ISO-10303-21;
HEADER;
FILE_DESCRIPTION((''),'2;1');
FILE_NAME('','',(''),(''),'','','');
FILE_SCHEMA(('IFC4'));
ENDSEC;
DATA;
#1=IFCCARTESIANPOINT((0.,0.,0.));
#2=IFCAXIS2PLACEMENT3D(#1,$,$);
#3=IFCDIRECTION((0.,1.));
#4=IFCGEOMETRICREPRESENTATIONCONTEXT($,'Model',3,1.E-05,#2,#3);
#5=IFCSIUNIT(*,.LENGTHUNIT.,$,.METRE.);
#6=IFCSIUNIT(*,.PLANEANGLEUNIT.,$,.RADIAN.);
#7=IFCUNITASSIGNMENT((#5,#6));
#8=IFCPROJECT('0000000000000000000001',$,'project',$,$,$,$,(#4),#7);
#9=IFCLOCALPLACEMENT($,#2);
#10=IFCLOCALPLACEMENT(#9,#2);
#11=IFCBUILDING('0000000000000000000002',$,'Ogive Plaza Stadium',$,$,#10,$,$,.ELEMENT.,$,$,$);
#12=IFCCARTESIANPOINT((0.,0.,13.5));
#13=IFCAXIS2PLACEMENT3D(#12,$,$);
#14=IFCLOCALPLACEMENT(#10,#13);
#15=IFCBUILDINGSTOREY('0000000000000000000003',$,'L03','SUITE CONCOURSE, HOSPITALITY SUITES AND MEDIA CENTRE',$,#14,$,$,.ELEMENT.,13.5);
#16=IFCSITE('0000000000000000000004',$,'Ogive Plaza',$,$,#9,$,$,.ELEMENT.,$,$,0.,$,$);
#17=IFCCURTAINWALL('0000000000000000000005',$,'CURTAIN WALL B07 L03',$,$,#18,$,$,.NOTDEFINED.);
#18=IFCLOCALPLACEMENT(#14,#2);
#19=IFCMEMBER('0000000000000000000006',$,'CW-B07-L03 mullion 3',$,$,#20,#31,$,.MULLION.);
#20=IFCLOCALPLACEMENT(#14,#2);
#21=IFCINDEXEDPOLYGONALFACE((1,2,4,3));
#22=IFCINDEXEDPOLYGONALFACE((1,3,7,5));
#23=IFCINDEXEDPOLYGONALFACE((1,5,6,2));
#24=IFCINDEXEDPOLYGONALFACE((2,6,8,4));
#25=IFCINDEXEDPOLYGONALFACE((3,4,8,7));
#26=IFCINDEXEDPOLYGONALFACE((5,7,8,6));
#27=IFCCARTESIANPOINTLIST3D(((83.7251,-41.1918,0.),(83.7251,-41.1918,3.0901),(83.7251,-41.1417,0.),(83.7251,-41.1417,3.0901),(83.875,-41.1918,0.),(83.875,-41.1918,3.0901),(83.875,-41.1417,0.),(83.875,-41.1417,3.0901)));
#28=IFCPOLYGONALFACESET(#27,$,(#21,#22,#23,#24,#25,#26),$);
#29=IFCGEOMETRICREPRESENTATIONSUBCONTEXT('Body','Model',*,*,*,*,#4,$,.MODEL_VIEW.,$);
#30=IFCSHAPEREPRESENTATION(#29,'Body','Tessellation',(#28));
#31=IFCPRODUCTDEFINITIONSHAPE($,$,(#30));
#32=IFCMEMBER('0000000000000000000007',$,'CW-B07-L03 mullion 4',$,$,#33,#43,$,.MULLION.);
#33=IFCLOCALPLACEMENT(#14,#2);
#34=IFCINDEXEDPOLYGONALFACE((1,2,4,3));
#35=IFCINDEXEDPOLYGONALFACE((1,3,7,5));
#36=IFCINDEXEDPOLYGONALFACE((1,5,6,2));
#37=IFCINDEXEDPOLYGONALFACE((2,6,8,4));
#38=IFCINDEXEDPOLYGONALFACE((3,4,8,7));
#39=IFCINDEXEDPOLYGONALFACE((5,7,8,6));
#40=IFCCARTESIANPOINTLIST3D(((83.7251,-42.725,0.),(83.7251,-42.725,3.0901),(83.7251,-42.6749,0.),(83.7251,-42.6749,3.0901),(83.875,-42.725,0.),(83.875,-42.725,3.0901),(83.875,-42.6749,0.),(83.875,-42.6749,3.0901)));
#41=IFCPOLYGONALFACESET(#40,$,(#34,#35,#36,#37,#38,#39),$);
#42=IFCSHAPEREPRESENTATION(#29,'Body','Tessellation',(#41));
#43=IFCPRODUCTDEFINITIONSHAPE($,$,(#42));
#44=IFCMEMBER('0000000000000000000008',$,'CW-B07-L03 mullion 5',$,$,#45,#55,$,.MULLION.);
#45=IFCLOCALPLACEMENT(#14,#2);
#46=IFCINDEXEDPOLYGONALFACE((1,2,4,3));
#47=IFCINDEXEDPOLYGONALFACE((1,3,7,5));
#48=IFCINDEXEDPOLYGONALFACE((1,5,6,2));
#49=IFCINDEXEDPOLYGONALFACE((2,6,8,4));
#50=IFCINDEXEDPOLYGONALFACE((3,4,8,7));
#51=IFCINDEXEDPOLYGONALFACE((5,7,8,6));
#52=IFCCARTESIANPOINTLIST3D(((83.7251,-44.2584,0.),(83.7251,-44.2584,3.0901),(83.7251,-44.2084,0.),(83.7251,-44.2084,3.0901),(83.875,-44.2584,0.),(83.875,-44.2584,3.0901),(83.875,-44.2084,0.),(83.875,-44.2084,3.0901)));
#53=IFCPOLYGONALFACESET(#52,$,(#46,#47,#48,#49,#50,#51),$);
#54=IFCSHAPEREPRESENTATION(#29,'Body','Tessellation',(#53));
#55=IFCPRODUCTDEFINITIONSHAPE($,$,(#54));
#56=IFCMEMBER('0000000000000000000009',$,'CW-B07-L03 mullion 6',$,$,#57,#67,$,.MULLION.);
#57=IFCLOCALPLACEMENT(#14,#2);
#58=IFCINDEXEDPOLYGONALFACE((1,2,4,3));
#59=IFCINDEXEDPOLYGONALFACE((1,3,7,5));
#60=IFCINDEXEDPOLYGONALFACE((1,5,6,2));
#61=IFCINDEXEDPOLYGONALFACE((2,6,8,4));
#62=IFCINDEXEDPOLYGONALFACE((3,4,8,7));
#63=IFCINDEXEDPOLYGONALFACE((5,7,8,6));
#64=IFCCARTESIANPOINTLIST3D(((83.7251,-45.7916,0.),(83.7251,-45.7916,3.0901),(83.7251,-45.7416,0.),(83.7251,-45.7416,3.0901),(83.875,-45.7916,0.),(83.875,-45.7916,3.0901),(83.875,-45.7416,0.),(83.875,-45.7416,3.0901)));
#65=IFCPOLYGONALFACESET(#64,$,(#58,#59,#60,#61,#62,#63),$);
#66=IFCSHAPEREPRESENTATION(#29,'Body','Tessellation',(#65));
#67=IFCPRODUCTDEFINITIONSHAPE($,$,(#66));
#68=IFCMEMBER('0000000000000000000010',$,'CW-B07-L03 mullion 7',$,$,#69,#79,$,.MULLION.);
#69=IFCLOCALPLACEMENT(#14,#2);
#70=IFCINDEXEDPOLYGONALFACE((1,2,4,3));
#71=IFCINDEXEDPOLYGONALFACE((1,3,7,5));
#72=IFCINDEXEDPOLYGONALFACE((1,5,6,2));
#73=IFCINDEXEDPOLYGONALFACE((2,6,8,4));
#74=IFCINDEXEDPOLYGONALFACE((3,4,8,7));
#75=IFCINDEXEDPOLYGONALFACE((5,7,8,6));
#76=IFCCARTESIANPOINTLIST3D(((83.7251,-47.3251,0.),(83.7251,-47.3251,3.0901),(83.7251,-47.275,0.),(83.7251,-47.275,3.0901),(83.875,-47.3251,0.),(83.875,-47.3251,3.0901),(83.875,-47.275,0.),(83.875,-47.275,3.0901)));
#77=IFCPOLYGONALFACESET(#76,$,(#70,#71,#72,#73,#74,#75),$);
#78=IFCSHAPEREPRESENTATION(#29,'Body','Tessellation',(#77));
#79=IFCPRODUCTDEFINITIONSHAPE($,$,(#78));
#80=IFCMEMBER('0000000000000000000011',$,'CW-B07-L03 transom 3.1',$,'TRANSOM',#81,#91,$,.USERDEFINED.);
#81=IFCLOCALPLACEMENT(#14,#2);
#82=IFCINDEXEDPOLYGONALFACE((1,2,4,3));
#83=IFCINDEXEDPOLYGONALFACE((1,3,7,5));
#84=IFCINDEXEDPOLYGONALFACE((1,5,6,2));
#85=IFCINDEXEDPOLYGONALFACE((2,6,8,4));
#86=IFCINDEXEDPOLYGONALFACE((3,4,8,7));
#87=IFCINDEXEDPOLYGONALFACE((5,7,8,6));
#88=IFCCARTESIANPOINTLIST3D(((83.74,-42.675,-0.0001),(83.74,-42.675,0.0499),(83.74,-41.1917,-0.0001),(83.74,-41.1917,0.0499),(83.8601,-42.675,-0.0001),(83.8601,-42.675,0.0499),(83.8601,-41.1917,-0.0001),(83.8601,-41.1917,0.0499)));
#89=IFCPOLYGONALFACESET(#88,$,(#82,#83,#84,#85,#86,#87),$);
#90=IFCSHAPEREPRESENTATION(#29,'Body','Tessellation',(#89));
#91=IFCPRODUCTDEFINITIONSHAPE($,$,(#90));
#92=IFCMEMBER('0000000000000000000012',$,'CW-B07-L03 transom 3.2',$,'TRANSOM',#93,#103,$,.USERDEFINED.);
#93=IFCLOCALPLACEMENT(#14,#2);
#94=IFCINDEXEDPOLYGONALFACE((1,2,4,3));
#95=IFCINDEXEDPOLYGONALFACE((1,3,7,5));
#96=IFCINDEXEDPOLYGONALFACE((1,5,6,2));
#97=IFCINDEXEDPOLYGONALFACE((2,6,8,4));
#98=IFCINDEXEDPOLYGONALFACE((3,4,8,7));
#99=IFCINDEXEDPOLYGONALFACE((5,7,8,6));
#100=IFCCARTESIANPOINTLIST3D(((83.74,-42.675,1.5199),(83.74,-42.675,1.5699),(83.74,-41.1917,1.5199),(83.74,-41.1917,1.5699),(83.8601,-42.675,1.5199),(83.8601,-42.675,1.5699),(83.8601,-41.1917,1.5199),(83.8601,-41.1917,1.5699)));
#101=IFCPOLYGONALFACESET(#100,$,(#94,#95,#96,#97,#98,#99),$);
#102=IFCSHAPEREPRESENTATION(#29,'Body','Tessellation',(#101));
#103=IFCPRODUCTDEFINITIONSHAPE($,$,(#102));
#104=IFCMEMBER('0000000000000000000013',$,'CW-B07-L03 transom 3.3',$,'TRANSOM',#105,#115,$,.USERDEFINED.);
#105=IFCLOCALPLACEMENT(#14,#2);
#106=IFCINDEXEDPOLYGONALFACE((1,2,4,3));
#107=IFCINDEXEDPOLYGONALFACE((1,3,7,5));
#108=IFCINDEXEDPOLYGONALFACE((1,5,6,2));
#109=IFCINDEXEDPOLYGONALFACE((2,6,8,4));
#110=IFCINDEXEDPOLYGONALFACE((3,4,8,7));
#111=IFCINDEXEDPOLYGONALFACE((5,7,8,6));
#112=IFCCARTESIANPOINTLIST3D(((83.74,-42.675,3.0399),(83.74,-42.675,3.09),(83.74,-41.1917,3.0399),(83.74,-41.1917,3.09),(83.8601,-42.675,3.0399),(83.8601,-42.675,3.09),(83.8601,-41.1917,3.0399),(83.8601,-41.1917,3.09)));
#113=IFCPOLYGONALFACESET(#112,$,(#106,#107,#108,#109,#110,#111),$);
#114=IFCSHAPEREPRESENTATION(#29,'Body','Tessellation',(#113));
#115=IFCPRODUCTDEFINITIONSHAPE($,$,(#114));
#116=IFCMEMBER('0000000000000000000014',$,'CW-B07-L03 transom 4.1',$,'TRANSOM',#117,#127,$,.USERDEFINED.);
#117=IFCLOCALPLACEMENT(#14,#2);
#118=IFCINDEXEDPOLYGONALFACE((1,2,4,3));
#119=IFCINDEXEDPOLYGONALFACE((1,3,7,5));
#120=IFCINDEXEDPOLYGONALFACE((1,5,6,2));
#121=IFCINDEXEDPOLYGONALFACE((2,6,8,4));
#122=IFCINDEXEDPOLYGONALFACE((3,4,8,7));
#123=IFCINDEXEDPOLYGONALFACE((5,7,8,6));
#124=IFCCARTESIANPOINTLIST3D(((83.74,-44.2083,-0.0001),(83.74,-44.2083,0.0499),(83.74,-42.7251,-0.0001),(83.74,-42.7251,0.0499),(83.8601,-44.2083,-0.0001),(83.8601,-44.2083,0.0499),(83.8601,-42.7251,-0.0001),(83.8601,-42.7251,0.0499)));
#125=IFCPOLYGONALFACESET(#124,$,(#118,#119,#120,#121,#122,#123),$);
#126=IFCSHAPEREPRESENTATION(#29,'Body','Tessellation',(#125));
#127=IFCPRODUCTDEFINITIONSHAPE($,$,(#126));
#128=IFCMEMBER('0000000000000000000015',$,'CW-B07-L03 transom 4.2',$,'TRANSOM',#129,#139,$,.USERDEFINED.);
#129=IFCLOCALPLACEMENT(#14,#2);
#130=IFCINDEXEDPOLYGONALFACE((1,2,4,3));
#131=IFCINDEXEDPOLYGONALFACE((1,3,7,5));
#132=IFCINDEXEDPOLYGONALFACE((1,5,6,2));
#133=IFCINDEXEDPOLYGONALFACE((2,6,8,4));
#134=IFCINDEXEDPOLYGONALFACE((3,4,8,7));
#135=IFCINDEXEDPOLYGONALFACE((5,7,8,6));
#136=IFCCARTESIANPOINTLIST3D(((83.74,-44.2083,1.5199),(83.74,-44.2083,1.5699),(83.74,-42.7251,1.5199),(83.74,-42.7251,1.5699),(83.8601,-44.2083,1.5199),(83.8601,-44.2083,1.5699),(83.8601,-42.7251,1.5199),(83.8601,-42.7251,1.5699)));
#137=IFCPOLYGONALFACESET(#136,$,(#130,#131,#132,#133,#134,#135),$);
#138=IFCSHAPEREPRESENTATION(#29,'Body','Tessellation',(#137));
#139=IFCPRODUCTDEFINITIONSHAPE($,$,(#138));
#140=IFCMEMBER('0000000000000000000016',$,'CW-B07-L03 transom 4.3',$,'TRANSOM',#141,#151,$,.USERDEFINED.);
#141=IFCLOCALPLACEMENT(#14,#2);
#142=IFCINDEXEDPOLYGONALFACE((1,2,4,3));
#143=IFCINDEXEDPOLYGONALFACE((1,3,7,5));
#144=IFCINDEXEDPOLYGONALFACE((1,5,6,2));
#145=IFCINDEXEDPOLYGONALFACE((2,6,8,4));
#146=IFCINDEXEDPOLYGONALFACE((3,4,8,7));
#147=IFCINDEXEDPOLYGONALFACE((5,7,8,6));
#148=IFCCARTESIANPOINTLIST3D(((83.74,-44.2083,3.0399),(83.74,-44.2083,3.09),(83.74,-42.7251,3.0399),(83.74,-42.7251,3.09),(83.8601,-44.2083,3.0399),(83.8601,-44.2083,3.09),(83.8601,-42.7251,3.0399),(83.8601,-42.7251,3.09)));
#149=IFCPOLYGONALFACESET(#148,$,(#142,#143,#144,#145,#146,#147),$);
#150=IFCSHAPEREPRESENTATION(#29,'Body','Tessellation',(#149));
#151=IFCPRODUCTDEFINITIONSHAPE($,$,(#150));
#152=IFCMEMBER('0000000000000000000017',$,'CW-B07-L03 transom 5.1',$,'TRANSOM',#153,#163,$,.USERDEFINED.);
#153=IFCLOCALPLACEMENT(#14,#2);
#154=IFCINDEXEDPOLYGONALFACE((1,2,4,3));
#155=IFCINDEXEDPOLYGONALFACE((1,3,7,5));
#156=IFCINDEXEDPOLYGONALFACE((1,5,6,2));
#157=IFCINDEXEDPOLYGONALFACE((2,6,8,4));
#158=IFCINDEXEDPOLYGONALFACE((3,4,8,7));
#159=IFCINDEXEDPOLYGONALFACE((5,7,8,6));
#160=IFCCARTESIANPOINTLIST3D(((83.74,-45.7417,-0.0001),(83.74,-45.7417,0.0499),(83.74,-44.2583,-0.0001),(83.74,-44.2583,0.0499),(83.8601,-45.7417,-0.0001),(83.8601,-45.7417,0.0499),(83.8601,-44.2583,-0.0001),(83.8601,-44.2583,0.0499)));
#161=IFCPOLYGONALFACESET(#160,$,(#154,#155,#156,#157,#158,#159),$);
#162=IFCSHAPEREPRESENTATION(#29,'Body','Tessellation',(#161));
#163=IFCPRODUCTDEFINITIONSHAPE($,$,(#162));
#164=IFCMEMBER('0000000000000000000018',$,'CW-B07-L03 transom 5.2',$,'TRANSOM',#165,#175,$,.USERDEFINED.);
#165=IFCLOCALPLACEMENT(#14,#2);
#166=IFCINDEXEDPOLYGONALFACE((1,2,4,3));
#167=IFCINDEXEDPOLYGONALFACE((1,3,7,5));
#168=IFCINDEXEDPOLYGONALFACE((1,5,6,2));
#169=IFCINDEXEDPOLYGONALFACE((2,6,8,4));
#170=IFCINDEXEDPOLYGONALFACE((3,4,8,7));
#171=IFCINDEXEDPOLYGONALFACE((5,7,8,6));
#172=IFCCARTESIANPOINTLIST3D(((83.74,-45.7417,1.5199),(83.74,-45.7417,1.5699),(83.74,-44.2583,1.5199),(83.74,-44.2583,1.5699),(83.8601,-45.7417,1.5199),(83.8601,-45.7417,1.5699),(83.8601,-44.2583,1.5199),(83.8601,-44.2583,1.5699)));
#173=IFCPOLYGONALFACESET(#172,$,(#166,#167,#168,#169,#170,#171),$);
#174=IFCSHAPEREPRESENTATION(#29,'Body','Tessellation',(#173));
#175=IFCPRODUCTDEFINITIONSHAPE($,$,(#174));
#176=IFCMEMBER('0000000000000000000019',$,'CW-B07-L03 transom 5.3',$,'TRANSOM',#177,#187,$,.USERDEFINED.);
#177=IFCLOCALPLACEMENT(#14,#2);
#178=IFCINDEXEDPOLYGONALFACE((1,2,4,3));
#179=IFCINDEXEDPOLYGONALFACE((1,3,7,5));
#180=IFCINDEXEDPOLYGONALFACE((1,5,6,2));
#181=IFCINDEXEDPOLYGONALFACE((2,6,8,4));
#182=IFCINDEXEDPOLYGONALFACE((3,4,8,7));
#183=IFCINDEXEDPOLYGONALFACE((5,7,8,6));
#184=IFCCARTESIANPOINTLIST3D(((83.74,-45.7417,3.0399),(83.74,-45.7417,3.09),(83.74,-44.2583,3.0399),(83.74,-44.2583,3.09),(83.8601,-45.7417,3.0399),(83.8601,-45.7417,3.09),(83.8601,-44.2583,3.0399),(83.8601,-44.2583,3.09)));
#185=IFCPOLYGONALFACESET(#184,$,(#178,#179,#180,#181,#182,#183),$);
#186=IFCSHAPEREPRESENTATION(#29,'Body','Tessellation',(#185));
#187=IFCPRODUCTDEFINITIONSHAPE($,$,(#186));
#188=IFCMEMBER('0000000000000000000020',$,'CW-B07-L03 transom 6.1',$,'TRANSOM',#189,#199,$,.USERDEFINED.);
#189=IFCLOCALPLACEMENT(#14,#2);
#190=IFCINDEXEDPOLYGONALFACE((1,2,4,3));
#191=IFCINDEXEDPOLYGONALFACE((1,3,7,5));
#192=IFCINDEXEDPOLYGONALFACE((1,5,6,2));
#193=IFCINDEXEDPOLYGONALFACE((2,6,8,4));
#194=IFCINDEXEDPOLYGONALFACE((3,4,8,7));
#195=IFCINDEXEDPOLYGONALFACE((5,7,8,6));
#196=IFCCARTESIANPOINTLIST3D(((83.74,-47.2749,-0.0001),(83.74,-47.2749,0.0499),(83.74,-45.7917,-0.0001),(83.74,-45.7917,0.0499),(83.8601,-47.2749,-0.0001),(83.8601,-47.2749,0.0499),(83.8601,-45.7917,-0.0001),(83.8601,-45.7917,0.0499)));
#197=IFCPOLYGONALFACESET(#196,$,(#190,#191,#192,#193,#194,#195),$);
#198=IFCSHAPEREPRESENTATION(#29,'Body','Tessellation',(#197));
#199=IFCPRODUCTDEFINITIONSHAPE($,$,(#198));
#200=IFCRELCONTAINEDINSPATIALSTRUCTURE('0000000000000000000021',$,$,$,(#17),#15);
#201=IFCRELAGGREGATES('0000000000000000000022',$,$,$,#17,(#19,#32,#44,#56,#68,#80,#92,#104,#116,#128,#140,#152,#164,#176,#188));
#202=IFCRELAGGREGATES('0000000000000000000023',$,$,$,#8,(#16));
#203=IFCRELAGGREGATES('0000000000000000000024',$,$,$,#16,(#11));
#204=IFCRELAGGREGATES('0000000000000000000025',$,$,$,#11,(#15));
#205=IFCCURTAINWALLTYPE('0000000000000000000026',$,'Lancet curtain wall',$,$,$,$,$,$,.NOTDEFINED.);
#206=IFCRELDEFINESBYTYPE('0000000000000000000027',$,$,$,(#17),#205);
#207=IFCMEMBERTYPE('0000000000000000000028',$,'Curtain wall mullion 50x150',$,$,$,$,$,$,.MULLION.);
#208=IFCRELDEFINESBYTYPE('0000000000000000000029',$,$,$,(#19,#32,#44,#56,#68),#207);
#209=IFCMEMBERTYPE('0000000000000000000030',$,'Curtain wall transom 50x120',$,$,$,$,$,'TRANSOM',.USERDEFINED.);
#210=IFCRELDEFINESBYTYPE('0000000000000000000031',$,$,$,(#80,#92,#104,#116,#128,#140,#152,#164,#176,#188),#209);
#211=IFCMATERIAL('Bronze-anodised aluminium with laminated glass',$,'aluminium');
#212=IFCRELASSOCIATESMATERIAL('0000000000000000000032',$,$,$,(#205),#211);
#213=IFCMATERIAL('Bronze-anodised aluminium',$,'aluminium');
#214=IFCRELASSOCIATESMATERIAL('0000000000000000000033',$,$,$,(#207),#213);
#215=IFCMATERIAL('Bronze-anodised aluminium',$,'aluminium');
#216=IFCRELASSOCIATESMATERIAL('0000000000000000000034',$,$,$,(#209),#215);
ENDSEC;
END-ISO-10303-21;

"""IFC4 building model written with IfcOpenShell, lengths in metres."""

from ifc_helpers import new_model, si_unit, direction, frame, origin, origin_2d, place, context, subcontext, project, spatial, rectangle, extrude, material, material_profile, profile_set, type_object, element, aggregate, save


model = new_model("IFC4")

# Units and contexts
model_context = context("Model", 3, precision=1e-05, world=origin(), true_north=direction((0.0, 1.0)))
body_context = subcontext(model_context, "Body", "Model", "MODEL_VIEW")
ifc_project = project(units=[si_unit("LENGTHUNIT", "METRE"), si_unit("PLANEANGLEUNIT", "RADIAN")], contexts=[model_context])

# Site, building, storey
site_placement = place(None, origin())
site = spatial("IfcSite", under=ifc_project, at=site_placement, Name="Ogive Plaza", CompositionType="ELEMENT", RefElevation=0.0)
building_placement = place(site_placement, origin())
building = spatial("IfcBuilding", under=site, at=building_placement, Name="Ogive Plaza Stadium", CompositionType="ELEMENT")
storey_placement = place(building_placement, frame((0.0, 0.0, 13.5)))
storey = spatial("IfcBuildingStorey", under=building, at=storey_placement, Name="L03", Description="SUITE CONCOURSE, HOSPITALITY SUITES AND MEDIA CENTRE", CompositionType="ELEMENT", Elevation=13.5)

# Curtain wall, members
ifc_material_1 = material(Name="Bronze-anodised aluminium with laminated glass", Category="aluminium")
curtain_wall_type = type_object("IfcCurtainWallType", Name="Lancet curtain wall", PredefinedType="NOTDEFINED", material=ifc_material_1)
curtain_wall_placement = place(storey_placement, origin())
curtain_wall = element("IfcCurtainWall", 1, at=curtain_wall_placement, inside=storey, type_object=curtain_wall_type, Name="CURTAIN WALL B07 L03", PredefinedType="NOTDEFINED")
ifc_material_2 = material(Name="Bronze-anodised aluminium", Category="aluminium")
ifc_material_profile_1 = material_profile(ifc_material_2, rectangle(XDim=0.1499, YDim=0.05, at=origin_2d()), Name="AL 150x50")
ifc_profile_set_1 = profile_set([ifc_material_profile_1], Name="Bronze-anodised aluminium")
member_type_1 = type_object("IfcMemberType", Name="Curtain wall mullion 50x150", PredefinedType="MULLION", material=ifc_profile_set_1)
member_1_placement = place(storey_placement, frame((83.8, -41.1667, 0.0), z_axis=(0.0, 0.0, 1.0), x_axis=(1.0, 0.0, 0.0)))
member_1 = element("IfcMember", 2, at=member_1_placement, type_object=member_type_1, Name="CW-B07-L03 mullion 3", PredefinedType="MULLION", context=body_context, shape_type="SweptSolid", body=[
    extrude(rectangle(XDim=0.1499, YDim=0.05, at=origin_2d()), origin(), (0.0, 0.0, 1.0), 3.0901),
])
member_2_placement = place(storey_placement, frame((83.8, -42.7, 0.0), z_axis=(0.0, 0.0, 1.0), x_axis=(1.0, 0.0, 0.0)))
member_2 = element("IfcMember", 3, at=member_2_placement, type_object=member_type_1, Name="CW-B07-L03 mullion 4", PredefinedType="MULLION", context=body_context, shape_type="SweptSolid", body=[
    extrude(rectangle(XDim=0.1499, YDim=0.05, at=origin_2d()), origin(), (0.0, 0.0, 1.0), 3.0901),
])
member_3_placement = place(storey_placement, frame((83.8, -44.2334, 0.0), z_axis=(0.0, 0.0, 1.0), x_axis=(1.0, 0.0, 0.0)))
member_3 = element("IfcMember", 4, at=member_3_placement, type_object=member_type_1, Name="CW-B07-L03 mullion 5", PredefinedType="MULLION", context=body_context, shape_type="SweptSolid", body=[
    extrude(rectangle(XDim=0.1499, YDim=0.05, at=origin_2d()), origin(), (0.0, 0.0, 1.0), 3.0901),
])
member_4_placement = place(storey_placement, frame((83.8, -45.7666, 0.0), z_axis=(0.0, 0.0, 1.0), x_axis=(1.0, 0.0, 0.0)))
member_4 = element("IfcMember", 5, at=member_4_placement, type_object=member_type_1, Name="CW-B07-L03 mullion 6", PredefinedType="MULLION", context=body_context, shape_type="SweptSolid", body=[
    extrude(rectangle(XDim=0.1499, YDim=0.05, at=origin_2d()), origin(), (0.0, 0.0, 1.0), 3.0901),
])
member_5_placement = place(storey_placement, frame((83.8, -47.3, 0.0), z_axis=(0.0, 0.0, 1.0), x_axis=(1.0, 0.0, 0.0)))
member_5 = element("IfcMember", 6, at=member_5_placement, type_object=member_type_1, Name="CW-B07-L03 mullion 7", PredefinedType="MULLION", context=body_context, shape_type="SweptSolid", body=[
    extrude(rectangle(XDim=0.1499, YDim=0.05, at=origin_2d()), origin(), (0.0, 0.0, 1.0), 3.0901),
])
ifc_material_3 = material(Name="Bronze-anodised aluminium", Category="aluminium")
ifc_material_profile_2 = material_profile(ifc_material_3, rectangle(XDim=0.1201, YDim=0.05, at=origin_2d()), Name="AL 120x50")
ifc_profile_set_2 = profile_set([ifc_material_profile_2], Name="Bronze-anodised aluminium")
member_type_2 = type_object("IfcMemberType", Name="Curtain wall transom 50x120", ElementType="TRANSOM", PredefinedType="USERDEFINED", material=ifc_profile_set_2)
member_6_placement = place(storey_placement, frame((83.8, -41.1917, 0.0249), z_axis=(0.0, -1.0, 0.0), x_axis=(1.0, 0.0, 0.0)))
member_6 = element("IfcMember", 7, at=member_6_placement, type_object=member_type_2, Name="CW-B07-L03 transom 3.1", ObjectType="TRANSOM", PredefinedType="USERDEFINED", context=body_context, shape_type="SweptSolid", body=[
    extrude(rectangle(XDim=0.1201, YDim=0.05, at=origin_2d()), origin(), (0.0, 0.0, 1.0), 1.4834),
])
member_7_placement = place(storey_placement, frame((83.8, -41.1917, 1.5449), z_axis=(0.0, -1.0, 0.0), x_axis=(1.0, 0.0, 0.0)))
member_7 = element("IfcMember", 8, at=member_7_placement, type_object=member_type_2, Name="CW-B07-L03 transom 3.2", ObjectType="TRANSOM", PredefinedType="USERDEFINED", context=body_context, shape_type="SweptSolid", body=[
    extrude(rectangle(XDim=0.1201, YDim=0.05, at=origin_2d()), origin(), (0.0, 0.0, 1.0), 1.4834),
])
member_8_placement = place(storey_placement, frame((83.8, -41.1917, 3.0649), z_axis=(0.0, -1.0, 0.0), x_axis=(1.0, 0.0, 0.0)))
member_8 = element("IfcMember", 9, at=member_8_placement, type_object=member_type_2, Name="CW-B07-L03 transom 3.3", ObjectType="TRANSOM", PredefinedType="USERDEFINED", context=body_context, shape_type="SweptSolid", body=[
    extrude(rectangle(XDim=0.1201, YDim=0.05, at=origin_2d()), origin(), (0.0, 0.0, 1.0), 1.4834),
])
member_9_placement = place(storey_placement, frame((83.8, -42.7251, 0.0249), z_axis=(0.0, -1.0, 0.0), x_axis=(1.0, 0.0, 0.0)))
member_9 = element("IfcMember", 10, at=member_9_placement, type_object=member_type_2, Name="CW-B07-L03 transom 4.1", ObjectType="TRANSOM", PredefinedType="USERDEFINED", context=body_context, shape_type="SweptSolid", body=[
    extrude(rectangle(XDim=0.1201, YDim=0.05, at=origin_2d()), origin(), (0.0, 0.0, 1.0), 1.4832),
])
member_10_placement = place(storey_placement, frame((83.8, -42.7251, 1.5449), z_axis=(0.0, -1.0, 0.0), x_axis=(1.0, 0.0, 0.0)))
member_10 = element("IfcMember", 11, at=member_10_placement, type_object=member_type_2, Name="CW-B07-L03 transom 4.2", ObjectType="TRANSOM", PredefinedType="USERDEFINED", context=body_context, shape_type="SweptSolid", body=[
    extrude(rectangle(XDim=0.1201, YDim=0.05, at=origin_2d()), origin(), (0.0, 0.0, 1.0), 1.4832),
])
member_11_placement = place(storey_placement, frame((83.8, -42.7251, 3.0649), z_axis=(0.0, -1.0, 0.0), x_axis=(1.0, 0.0, 0.0)))
member_11 = element("IfcMember", 12, at=member_11_placement, type_object=member_type_2, Name="CW-B07-L03 transom 4.3", ObjectType="TRANSOM", PredefinedType="USERDEFINED", context=body_context, shape_type="SweptSolid", body=[
    extrude(rectangle(XDim=0.1201, YDim=0.05, at=origin_2d()), origin(), (0.0, 0.0, 1.0), 1.4832),
])
member_12_placement = place(storey_placement, frame((83.8, -44.2583, 0.0249), z_axis=(0.0, -1.0, 0.0), x_axis=(1.0, 0.0, 0.0)))
member_12 = element("IfcMember", 13, at=member_12_placement, type_object=member_type_2, Name="CW-B07-L03 transom 5.1", ObjectType="TRANSOM", PredefinedType="USERDEFINED", context=body_context, shape_type="SweptSolid", body=[
    extrude(rectangle(XDim=0.1201, YDim=0.05, at=origin_2d()), origin(), (0.0, 0.0, 1.0), 1.4834),
])
member_13_placement = place(storey_placement, frame((83.8, -44.2583, 1.5449), z_axis=(0.0, -1.0, 0.0), x_axis=(1.0, 0.0, 0.0)))
member_13 = element("IfcMember", 14, at=member_13_placement, type_object=member_type_2, Name="CW-B07-L03 transom 5.2", ObjectType="TRANSOM", PredefinedType="USERDEFINED", context=body_context, shape_type="SweptSolid", body=[
    extrude(rectangle(XDim=0.1201, YDim=0.05, at=origin_2d()), origin(), (0.0, 0.0, 1.0), 1.4834),
])
member_14_placement = place(storey_placement, frame((83.8, -44.2583, 3.0649), z_axis=(0.0, -1.0, 0.0), x_axis=(1.0, 0.0, 0.0)))
member_14 = element("IfcMember", 15, at=member_14_placement, type_object=member_type_2, Name="CW-B07-L03 transom 5.3", ObjectType="TRANSOM", PredefinedType="USERDEFINED", context=body_context, shape_type="SweptSolid", body=[
    extrude(rectangle(XDim=0.1201, YDim=0.05, at=origin_2d()), origin(), (0.0, 0.0, 1.0), 1.4834),
])
member_15_placement = place(storey_placement, frame((83.8, -45.7917, 0.0249), z_axis=(0.0, -1.0, 0.0), x_axis=(1.0, 0.0, 0.0)))
member_15 = element("IfcMember", 16, at=member_15_placement, type_object=member_type_2, Name="CW-B07-L03 transom 6.1", ObjectType="TRANSOM", PredefinedType="USERDEFINED", context=body_context, shape_type="SweptSolid", body=[
    extrude(rectangle(XDim=0.1201, YDim=0.05, at=origin_2d()), origin(), (0.0, 0.0, 1.0), 1.4832),
])
aggregate(curtain_wall, [member_1, member_2, member_3, member_4, member_5, member_6, member_7, member_8, member_9, member_10, member_11, member_12, member_13, member_14, member_15])

save(model, "model.ifc")
